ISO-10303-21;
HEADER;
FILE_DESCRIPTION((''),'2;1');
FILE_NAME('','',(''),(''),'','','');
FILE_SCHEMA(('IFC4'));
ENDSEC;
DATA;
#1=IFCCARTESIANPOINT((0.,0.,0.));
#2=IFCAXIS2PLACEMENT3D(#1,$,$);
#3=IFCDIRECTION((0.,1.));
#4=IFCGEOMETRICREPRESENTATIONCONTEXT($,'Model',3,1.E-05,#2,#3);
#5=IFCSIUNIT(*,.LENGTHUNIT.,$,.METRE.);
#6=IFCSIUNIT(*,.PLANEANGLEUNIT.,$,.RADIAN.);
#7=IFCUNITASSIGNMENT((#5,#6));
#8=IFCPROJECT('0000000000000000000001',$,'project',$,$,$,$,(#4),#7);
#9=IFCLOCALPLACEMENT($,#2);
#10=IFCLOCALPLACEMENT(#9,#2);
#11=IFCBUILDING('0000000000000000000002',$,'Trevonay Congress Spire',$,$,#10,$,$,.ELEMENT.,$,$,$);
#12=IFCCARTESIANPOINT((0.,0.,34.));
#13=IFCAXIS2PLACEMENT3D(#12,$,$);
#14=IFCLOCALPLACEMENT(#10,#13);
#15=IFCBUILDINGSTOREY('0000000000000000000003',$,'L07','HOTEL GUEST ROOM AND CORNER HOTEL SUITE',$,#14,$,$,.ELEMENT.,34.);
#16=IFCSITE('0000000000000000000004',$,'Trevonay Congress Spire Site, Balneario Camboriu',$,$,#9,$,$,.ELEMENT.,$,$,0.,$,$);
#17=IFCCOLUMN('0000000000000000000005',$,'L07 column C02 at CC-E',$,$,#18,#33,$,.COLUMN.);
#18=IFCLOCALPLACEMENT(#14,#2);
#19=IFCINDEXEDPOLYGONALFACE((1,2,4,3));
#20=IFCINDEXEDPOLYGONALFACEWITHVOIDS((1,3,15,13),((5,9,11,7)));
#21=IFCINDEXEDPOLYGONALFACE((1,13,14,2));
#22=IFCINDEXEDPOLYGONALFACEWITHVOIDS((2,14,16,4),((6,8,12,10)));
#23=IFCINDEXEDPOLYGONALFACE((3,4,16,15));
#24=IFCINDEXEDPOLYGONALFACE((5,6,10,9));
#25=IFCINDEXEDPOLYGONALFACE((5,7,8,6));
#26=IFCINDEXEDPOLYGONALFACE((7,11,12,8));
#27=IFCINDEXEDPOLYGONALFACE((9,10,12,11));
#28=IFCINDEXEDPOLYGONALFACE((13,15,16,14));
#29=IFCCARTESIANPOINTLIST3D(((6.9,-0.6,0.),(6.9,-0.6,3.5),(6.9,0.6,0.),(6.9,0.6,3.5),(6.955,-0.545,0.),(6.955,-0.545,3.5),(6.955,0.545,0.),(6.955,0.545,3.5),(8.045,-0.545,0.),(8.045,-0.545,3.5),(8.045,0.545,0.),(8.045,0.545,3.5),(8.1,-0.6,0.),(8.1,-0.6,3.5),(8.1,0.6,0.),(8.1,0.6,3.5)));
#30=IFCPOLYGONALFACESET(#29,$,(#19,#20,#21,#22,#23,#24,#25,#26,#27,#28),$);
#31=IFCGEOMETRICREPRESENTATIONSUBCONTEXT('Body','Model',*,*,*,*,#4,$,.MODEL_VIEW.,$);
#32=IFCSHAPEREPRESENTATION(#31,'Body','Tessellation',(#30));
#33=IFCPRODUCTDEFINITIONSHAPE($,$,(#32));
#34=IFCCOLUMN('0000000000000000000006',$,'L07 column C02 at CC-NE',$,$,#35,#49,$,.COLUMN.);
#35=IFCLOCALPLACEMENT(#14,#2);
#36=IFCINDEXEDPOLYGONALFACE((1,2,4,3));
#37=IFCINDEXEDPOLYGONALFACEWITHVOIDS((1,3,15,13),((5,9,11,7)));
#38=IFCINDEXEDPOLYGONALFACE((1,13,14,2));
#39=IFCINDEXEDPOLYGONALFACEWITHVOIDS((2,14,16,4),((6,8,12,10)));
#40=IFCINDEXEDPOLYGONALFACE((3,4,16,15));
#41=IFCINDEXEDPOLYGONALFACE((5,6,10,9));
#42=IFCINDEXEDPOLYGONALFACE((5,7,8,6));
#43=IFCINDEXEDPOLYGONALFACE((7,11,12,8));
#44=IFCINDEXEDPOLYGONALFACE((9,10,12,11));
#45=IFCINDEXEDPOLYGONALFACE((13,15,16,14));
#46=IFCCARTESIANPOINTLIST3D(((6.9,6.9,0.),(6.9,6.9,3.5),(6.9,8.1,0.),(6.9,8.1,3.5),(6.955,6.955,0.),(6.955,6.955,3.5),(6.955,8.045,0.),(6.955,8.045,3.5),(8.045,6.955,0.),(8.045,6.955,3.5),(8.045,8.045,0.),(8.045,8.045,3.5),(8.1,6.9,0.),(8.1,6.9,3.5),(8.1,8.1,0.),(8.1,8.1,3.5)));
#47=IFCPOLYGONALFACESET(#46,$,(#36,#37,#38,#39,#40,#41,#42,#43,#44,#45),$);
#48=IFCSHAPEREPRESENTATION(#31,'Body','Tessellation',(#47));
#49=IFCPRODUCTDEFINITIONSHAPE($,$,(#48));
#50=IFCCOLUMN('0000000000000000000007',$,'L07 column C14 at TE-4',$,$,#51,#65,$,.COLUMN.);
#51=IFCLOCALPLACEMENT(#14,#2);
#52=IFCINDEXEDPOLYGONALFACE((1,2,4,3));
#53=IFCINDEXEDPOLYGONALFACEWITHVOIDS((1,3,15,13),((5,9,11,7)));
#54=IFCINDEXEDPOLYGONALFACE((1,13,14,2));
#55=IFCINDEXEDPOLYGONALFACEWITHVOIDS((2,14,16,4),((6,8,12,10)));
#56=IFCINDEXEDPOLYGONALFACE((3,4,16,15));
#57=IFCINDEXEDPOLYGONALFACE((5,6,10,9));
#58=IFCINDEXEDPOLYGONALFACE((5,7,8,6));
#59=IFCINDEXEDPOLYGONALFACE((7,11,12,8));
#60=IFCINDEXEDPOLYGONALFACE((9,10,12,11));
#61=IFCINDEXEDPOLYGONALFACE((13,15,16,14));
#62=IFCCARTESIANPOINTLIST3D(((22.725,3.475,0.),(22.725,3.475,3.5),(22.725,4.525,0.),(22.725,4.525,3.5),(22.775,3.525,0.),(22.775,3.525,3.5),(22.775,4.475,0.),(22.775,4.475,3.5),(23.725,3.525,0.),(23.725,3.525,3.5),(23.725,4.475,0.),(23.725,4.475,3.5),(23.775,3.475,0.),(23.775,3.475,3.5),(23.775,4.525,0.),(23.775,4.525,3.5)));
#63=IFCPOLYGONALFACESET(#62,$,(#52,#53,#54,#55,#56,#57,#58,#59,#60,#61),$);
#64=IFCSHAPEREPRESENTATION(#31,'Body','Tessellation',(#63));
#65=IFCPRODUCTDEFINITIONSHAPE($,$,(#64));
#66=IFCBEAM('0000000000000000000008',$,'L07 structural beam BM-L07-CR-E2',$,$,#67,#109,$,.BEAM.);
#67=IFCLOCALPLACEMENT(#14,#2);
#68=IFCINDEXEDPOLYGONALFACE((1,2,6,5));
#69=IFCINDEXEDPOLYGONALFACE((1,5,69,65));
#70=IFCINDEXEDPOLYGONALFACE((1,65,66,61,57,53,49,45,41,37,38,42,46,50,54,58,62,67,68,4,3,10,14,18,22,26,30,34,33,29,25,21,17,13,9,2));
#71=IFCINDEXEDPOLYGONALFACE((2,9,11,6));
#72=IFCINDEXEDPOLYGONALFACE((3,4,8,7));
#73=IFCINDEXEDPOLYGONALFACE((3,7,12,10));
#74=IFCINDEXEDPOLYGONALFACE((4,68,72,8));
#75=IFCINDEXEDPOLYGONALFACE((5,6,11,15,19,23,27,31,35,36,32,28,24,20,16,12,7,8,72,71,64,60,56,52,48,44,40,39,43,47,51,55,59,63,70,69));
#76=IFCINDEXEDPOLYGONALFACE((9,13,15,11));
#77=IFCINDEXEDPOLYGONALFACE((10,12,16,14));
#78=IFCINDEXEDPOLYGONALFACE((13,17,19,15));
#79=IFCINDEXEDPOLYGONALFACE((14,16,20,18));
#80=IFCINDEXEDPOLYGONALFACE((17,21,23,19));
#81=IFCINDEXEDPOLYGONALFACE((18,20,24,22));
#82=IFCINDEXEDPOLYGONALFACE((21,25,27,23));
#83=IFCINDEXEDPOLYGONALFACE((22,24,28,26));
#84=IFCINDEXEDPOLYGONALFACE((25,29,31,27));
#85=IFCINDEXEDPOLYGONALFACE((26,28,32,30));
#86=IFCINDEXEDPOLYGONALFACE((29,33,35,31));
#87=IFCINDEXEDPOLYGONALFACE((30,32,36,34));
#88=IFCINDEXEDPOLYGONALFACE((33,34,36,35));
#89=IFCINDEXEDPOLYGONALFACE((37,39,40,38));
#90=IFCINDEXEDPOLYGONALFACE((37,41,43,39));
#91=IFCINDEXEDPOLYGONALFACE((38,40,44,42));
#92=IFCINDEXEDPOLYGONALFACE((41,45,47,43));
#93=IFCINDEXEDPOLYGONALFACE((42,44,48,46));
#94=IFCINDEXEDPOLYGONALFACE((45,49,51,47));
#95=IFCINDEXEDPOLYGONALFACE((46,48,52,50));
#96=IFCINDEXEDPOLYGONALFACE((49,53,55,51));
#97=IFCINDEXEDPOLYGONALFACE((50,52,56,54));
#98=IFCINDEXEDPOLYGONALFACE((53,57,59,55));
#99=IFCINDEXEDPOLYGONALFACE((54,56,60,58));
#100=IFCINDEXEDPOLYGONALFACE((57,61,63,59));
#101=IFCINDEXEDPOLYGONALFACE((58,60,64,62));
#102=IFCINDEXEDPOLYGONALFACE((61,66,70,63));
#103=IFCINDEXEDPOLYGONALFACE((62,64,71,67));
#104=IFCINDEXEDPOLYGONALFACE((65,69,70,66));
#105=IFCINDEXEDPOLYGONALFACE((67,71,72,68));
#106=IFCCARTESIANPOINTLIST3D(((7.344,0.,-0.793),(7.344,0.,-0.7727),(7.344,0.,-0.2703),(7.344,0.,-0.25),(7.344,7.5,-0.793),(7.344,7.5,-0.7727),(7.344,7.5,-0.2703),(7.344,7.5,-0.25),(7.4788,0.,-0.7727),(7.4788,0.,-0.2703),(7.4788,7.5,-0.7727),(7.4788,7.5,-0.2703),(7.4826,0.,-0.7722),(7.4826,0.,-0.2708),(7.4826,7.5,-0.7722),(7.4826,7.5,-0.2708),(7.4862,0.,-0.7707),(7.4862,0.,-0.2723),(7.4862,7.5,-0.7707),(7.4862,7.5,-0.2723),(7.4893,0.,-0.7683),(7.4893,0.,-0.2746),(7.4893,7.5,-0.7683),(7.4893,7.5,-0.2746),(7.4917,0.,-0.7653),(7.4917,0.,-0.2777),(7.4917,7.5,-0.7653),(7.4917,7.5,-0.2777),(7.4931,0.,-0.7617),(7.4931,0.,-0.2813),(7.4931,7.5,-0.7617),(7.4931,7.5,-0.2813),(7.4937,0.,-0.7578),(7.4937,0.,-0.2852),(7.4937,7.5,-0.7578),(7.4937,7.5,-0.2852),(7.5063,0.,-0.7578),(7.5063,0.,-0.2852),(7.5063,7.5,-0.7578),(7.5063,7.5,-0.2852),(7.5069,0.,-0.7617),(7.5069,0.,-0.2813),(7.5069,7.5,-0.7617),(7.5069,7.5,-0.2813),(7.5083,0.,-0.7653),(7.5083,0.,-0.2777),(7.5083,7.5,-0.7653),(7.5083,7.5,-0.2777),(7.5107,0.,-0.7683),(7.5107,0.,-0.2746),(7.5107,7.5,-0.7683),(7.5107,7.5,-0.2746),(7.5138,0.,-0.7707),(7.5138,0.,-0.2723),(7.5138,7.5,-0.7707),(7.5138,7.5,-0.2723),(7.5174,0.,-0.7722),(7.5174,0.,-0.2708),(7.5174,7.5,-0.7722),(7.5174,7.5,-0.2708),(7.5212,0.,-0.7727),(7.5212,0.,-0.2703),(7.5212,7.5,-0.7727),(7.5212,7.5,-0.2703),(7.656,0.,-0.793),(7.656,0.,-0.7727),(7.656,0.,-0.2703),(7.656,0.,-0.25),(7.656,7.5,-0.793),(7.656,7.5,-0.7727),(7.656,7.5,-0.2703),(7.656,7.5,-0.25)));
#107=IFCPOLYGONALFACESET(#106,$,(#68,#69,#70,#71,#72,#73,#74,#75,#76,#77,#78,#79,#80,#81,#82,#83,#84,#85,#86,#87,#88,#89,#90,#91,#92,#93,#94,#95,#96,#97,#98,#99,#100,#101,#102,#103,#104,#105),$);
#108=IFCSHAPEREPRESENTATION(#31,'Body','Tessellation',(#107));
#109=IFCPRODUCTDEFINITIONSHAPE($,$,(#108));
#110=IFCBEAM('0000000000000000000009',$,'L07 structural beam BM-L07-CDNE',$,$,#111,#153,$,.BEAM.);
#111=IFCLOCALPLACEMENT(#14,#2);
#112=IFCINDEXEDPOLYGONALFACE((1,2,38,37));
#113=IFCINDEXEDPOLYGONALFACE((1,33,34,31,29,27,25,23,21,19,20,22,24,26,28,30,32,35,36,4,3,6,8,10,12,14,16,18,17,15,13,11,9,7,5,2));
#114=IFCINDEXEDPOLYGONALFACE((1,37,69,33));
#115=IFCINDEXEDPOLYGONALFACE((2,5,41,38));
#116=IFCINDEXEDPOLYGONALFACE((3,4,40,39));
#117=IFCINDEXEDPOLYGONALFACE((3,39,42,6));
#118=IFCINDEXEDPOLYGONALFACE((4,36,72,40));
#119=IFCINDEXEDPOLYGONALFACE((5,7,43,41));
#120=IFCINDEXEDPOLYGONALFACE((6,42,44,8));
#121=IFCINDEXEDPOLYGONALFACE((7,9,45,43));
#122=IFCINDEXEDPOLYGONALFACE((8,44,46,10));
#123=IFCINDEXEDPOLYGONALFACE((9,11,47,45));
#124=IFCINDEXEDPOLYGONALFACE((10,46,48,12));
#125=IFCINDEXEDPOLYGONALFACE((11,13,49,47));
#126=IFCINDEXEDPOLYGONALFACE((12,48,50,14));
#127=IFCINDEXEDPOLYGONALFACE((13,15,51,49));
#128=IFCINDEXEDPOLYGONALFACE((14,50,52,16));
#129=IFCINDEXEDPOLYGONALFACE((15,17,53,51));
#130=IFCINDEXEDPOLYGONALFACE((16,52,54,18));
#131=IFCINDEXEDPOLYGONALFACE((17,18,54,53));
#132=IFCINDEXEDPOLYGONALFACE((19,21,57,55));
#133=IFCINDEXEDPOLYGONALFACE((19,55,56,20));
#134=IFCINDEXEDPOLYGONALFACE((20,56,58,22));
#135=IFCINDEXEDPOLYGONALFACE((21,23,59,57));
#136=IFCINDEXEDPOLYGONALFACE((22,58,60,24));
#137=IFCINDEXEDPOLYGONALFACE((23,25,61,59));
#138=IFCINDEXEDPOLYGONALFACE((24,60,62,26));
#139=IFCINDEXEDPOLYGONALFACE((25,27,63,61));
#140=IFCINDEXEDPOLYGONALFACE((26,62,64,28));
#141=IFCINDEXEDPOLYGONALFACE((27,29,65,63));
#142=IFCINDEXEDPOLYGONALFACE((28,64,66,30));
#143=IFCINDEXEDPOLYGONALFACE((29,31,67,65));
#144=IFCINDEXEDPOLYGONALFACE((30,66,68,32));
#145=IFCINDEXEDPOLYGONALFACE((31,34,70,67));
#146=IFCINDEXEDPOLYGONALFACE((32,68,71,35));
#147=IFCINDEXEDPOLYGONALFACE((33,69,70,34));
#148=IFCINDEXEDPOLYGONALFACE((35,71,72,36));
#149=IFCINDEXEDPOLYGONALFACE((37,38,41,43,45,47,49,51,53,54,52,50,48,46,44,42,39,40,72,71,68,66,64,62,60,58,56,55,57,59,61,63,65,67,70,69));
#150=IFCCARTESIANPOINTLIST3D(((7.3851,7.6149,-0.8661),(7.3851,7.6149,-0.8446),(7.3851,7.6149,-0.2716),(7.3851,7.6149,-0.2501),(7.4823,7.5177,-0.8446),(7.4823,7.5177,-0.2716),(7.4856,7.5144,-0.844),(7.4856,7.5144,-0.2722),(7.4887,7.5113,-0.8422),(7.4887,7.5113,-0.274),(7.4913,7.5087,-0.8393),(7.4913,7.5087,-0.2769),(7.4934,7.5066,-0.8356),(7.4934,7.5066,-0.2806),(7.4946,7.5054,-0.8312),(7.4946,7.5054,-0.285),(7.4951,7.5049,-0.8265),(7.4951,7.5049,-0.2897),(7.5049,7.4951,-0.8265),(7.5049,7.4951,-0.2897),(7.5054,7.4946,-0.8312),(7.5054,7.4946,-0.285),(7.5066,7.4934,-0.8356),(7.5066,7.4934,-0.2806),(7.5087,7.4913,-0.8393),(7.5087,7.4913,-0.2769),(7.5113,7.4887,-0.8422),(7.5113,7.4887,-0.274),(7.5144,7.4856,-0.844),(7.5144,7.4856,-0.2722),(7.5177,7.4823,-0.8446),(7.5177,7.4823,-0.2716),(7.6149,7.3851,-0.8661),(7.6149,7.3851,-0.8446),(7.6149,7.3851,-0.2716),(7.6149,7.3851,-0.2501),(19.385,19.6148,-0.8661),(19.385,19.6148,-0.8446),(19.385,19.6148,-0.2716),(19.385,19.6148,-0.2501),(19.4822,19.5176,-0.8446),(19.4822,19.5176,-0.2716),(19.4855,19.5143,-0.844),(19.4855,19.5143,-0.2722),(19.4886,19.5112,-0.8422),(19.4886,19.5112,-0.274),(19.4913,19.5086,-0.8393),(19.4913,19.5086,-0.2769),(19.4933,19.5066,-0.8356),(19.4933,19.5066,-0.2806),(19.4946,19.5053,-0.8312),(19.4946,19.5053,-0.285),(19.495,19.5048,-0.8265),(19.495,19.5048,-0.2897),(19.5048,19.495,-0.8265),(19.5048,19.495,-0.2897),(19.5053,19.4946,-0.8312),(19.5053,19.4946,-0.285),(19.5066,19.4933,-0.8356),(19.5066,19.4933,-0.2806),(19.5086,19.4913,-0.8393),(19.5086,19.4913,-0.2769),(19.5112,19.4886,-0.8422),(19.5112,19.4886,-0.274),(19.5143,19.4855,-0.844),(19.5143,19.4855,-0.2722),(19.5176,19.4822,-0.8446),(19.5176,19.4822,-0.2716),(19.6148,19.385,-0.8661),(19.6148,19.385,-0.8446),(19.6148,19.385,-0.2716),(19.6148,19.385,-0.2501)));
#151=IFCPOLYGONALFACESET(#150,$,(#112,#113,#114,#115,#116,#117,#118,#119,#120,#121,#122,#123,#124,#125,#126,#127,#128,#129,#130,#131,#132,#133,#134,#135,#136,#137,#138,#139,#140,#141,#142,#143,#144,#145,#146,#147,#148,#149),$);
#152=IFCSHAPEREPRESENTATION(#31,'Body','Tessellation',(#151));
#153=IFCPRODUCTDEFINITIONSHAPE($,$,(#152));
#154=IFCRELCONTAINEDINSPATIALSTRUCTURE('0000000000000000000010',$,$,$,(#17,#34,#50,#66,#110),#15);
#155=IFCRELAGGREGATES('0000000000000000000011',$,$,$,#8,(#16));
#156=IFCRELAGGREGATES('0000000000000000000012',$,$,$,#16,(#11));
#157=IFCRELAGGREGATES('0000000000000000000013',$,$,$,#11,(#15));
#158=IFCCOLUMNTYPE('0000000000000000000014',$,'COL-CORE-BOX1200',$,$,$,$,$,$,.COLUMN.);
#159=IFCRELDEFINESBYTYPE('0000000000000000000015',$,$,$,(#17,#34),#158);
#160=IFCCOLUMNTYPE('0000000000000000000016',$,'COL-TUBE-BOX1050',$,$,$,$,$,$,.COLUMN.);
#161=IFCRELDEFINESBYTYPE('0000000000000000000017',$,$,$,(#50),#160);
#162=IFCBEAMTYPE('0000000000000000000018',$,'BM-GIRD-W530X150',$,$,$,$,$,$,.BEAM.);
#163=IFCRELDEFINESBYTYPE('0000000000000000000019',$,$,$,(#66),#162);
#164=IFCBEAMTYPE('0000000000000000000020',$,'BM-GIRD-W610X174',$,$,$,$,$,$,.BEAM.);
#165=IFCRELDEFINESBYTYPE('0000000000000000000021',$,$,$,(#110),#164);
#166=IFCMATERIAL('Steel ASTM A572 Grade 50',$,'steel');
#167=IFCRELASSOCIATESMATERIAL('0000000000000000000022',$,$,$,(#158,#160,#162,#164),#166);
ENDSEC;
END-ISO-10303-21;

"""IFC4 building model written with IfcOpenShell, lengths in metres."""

from ifc_helpers import new_model, si_unit, direction, frame, origin, origin_2d, place, context, subcontext, project, spatial, hollow_rectangle, i_section, extrude, material, material_profile, profile_set, type_object, element, save


model = new_model("IFC4")

# Units and contexts
model_context = context("Model", 3, precision=1e-05, world=origin(), true_north=direction((0.0, 1.0)))
body_context = subcontext(model_context, "Body", "Model", "MODEL_VIEW")
ifc_project = project(units=[si_unit("LENGTHUNIT", "METRE"), si_unit("PLANEANGLEUNIT", "RADIAN")], contexts=[model_context])

# Site, building, storey
site_placement = place(None, origin())
site = spatial("IfcSite", under=ifc_project, at=site_placement, Name="Trevonay Congress Spire Site, Balneario Camboriu", CompositionType="ELEMENT", RefElevation=0.0)
building_placement = place(site_placement, origin())
building = spatial("IfcBuilding", under=site, at=building_placement, Name="Trevonay Congress Spire", CompositionType="ELEMENT")
storey_placement = place(building_placement, frame((0.0, 0.0, 34.0)))
storey = spatial("IfcBuildingStorey", under=building, at=storey_placement, Name="L07", Description="HOTEL GUEST ROOM AND CORNER HOTEL SUITE", CompositionType="ELEMENT", Elevation=34.0)

# Columns
ifc_material_1 = material(Name="Steel ASTM A572 Grade 50", Category="steel")
ifc_material_profile_1 = material_profile(ifc_material_1, hollow_rectangle(XDim=1.2, YDim=1.2, WallThickness=0.0549, at=origin_2d()), Name="BOX 1200x1200x55")
ifc_profile_set_1 = profile_set([ifc_material_profile_1], Name="Steel ASTM A572 Grade 50")
column_type_1 = type_object("IfcColumnType", Name="COL-CORE-BOX1200", PredefinedType="COLUMN", material=ifc_profile_set_1)
for number, where, z_axis, x_axis, name in (
    (1, (7.5, 0.0, 0.0), (0.0, 0.0, 1.0), (1.0, 0.0, 0.0), "L07 column C02 at CC-E"),
    (2, (7.5, 7.5, 0.0), (0.0, 0.0, 1.0), (1.0, 0.0, 0.0), "L07 column C02 at CC-NE"),
):
    element("IfcColumn", number, at=place(storey_placement, frame(where, z_axis=z_axis, x_axis=x_axis)), inside=storey, type_object=column_type_1, Name=name, PredefinedType="COLUMN", context=body_context, shape_type="SweptSolid", body=[
        extrude(hollow_rectangle(XDim=1.2, YDim=1.2, WallThickness=0.0549, at=origin_2d()), origin(), (0.0, 0.0, 1.0), 3.5),
    ])
ifc_material_profile_2 = material_profile(ifc_material_1, hollow_rectangle(XDim=1.05, YDim=1.05, WallThickness=0.05, at=origin_2d()), Name="BOX 1050x1050x50")
ifc_profile_set_2 = profile_set([ifc_material_profile_2], Name="Steel ASTM A572 Grade 50")
column_type_2 = type_object("IfcColumnType", Name="COL-TUBE-BOX1050", PredefinedType="COLUMN", material=ifc_profile_set_2)
column_placement = place(storey_placement, frame((23.25, 4.0, 0.0), z_axis=(0.0, 0.0, 1.0), x_axis=(1.0, 0.0, 0.0)))
element("IfcColumn", 3, at=column_placement, inside=storey, type_object=column_type_2, Name="L07 column C14 at TE-4", PredefinedType="COLUMN", context=body_context, shape_type="SweptSolid", body=[
    extrude(hollow_rectangle(XDim=1.05, YDim=1.05, WallThickness=0.05, at=origin_2d()), origin(), (0.0, 0.0, 1.0), 3.5),
])

# Beams
ifc_material_profile_3 = material_profile(ifc_material_1, i_section(OverallWidth=0.312, OverallDepth=0.543, WebThickness=0.0127, FlangeThickness=0.0203, FilletRadius=0.0149, at=origin_2d()), Name="W530x150")
ifc_profile_set_3 = profile_set([ifc_material_profile_3], Name="Steel ASTM A572 Grade 50")
beam_type_1 = type_object("IfcBeamType", Name="BM-GIRD-W530X150", PredefinedType="BEAM", material=ifc_profile_set_3)
beam_1_placement = place(storey_placement, frame((7.5, 0.0, -0.5215), z_axis=(0.0, 1.0, 0.0), x_axis=(-1.0, 0.0, 0.0)))
element("IfcBeam", 4, at=beam_1_placement, inside=storey, type_object=beam_type_1, Name="L07 structural beam BM-L07-CR-E2", PredefinedType="BEAM", context=body_context, shape_type="SweptSolid", body=[
    extrude(i_section(OverallWidth=0.312, OverallDepth=0.543, WebThickness=0.0127, FlangeThickness=0.0203, FilletRadius=0.0149, at=origin_2d()), origin(), (0.0, 0.0, 1.0), 7.5),
])
ifc_material_profile_4 = material_profile(ifc_material_1, i_section(OverallWidth=0.325, OverallDepth=0.616, WebThickness=0.0139, FlangeThickness=0.0215, FilletRadius=0.0181, at=origin_2d()), Name="W610x174")
ifc_profile_set_4 = profile_set([ifc_material_profile_4], Name="Steel ASTM A572 Grade 50")
beam_type_2 = type_object("IfcBeamType", Name="BM-GIRD-W610X174", PredefinedType="BEAM", material=ifc_profile_set_4)
beam_2_placement = place(storey_placement, frame((7.5, 7.5, -0.5581), z_axis=(0.707107, 0.707107, 0.0), x_axis=(-0.707107, 0.707107, 0.0)))
element("IfcBeam", 5, at=beam_2_placement, inside=storey, type_object=beam_type_2, Name="L07 structural beam BM-L07-CDNE", PredefinedType="BEAM", context=body_context, shape_type="SweptSolid", body=[
    extrude(i_section(OverallWidth=0.325, OverallDepth=0.616, WebThickness=0.0139, FlangeThickness=0.0215, FilletRadius=0.0181, at=origin_2d()), origin(), (0.0, 0.0, 1.0), 16.9705),
])

save(model, "model.ifc")
